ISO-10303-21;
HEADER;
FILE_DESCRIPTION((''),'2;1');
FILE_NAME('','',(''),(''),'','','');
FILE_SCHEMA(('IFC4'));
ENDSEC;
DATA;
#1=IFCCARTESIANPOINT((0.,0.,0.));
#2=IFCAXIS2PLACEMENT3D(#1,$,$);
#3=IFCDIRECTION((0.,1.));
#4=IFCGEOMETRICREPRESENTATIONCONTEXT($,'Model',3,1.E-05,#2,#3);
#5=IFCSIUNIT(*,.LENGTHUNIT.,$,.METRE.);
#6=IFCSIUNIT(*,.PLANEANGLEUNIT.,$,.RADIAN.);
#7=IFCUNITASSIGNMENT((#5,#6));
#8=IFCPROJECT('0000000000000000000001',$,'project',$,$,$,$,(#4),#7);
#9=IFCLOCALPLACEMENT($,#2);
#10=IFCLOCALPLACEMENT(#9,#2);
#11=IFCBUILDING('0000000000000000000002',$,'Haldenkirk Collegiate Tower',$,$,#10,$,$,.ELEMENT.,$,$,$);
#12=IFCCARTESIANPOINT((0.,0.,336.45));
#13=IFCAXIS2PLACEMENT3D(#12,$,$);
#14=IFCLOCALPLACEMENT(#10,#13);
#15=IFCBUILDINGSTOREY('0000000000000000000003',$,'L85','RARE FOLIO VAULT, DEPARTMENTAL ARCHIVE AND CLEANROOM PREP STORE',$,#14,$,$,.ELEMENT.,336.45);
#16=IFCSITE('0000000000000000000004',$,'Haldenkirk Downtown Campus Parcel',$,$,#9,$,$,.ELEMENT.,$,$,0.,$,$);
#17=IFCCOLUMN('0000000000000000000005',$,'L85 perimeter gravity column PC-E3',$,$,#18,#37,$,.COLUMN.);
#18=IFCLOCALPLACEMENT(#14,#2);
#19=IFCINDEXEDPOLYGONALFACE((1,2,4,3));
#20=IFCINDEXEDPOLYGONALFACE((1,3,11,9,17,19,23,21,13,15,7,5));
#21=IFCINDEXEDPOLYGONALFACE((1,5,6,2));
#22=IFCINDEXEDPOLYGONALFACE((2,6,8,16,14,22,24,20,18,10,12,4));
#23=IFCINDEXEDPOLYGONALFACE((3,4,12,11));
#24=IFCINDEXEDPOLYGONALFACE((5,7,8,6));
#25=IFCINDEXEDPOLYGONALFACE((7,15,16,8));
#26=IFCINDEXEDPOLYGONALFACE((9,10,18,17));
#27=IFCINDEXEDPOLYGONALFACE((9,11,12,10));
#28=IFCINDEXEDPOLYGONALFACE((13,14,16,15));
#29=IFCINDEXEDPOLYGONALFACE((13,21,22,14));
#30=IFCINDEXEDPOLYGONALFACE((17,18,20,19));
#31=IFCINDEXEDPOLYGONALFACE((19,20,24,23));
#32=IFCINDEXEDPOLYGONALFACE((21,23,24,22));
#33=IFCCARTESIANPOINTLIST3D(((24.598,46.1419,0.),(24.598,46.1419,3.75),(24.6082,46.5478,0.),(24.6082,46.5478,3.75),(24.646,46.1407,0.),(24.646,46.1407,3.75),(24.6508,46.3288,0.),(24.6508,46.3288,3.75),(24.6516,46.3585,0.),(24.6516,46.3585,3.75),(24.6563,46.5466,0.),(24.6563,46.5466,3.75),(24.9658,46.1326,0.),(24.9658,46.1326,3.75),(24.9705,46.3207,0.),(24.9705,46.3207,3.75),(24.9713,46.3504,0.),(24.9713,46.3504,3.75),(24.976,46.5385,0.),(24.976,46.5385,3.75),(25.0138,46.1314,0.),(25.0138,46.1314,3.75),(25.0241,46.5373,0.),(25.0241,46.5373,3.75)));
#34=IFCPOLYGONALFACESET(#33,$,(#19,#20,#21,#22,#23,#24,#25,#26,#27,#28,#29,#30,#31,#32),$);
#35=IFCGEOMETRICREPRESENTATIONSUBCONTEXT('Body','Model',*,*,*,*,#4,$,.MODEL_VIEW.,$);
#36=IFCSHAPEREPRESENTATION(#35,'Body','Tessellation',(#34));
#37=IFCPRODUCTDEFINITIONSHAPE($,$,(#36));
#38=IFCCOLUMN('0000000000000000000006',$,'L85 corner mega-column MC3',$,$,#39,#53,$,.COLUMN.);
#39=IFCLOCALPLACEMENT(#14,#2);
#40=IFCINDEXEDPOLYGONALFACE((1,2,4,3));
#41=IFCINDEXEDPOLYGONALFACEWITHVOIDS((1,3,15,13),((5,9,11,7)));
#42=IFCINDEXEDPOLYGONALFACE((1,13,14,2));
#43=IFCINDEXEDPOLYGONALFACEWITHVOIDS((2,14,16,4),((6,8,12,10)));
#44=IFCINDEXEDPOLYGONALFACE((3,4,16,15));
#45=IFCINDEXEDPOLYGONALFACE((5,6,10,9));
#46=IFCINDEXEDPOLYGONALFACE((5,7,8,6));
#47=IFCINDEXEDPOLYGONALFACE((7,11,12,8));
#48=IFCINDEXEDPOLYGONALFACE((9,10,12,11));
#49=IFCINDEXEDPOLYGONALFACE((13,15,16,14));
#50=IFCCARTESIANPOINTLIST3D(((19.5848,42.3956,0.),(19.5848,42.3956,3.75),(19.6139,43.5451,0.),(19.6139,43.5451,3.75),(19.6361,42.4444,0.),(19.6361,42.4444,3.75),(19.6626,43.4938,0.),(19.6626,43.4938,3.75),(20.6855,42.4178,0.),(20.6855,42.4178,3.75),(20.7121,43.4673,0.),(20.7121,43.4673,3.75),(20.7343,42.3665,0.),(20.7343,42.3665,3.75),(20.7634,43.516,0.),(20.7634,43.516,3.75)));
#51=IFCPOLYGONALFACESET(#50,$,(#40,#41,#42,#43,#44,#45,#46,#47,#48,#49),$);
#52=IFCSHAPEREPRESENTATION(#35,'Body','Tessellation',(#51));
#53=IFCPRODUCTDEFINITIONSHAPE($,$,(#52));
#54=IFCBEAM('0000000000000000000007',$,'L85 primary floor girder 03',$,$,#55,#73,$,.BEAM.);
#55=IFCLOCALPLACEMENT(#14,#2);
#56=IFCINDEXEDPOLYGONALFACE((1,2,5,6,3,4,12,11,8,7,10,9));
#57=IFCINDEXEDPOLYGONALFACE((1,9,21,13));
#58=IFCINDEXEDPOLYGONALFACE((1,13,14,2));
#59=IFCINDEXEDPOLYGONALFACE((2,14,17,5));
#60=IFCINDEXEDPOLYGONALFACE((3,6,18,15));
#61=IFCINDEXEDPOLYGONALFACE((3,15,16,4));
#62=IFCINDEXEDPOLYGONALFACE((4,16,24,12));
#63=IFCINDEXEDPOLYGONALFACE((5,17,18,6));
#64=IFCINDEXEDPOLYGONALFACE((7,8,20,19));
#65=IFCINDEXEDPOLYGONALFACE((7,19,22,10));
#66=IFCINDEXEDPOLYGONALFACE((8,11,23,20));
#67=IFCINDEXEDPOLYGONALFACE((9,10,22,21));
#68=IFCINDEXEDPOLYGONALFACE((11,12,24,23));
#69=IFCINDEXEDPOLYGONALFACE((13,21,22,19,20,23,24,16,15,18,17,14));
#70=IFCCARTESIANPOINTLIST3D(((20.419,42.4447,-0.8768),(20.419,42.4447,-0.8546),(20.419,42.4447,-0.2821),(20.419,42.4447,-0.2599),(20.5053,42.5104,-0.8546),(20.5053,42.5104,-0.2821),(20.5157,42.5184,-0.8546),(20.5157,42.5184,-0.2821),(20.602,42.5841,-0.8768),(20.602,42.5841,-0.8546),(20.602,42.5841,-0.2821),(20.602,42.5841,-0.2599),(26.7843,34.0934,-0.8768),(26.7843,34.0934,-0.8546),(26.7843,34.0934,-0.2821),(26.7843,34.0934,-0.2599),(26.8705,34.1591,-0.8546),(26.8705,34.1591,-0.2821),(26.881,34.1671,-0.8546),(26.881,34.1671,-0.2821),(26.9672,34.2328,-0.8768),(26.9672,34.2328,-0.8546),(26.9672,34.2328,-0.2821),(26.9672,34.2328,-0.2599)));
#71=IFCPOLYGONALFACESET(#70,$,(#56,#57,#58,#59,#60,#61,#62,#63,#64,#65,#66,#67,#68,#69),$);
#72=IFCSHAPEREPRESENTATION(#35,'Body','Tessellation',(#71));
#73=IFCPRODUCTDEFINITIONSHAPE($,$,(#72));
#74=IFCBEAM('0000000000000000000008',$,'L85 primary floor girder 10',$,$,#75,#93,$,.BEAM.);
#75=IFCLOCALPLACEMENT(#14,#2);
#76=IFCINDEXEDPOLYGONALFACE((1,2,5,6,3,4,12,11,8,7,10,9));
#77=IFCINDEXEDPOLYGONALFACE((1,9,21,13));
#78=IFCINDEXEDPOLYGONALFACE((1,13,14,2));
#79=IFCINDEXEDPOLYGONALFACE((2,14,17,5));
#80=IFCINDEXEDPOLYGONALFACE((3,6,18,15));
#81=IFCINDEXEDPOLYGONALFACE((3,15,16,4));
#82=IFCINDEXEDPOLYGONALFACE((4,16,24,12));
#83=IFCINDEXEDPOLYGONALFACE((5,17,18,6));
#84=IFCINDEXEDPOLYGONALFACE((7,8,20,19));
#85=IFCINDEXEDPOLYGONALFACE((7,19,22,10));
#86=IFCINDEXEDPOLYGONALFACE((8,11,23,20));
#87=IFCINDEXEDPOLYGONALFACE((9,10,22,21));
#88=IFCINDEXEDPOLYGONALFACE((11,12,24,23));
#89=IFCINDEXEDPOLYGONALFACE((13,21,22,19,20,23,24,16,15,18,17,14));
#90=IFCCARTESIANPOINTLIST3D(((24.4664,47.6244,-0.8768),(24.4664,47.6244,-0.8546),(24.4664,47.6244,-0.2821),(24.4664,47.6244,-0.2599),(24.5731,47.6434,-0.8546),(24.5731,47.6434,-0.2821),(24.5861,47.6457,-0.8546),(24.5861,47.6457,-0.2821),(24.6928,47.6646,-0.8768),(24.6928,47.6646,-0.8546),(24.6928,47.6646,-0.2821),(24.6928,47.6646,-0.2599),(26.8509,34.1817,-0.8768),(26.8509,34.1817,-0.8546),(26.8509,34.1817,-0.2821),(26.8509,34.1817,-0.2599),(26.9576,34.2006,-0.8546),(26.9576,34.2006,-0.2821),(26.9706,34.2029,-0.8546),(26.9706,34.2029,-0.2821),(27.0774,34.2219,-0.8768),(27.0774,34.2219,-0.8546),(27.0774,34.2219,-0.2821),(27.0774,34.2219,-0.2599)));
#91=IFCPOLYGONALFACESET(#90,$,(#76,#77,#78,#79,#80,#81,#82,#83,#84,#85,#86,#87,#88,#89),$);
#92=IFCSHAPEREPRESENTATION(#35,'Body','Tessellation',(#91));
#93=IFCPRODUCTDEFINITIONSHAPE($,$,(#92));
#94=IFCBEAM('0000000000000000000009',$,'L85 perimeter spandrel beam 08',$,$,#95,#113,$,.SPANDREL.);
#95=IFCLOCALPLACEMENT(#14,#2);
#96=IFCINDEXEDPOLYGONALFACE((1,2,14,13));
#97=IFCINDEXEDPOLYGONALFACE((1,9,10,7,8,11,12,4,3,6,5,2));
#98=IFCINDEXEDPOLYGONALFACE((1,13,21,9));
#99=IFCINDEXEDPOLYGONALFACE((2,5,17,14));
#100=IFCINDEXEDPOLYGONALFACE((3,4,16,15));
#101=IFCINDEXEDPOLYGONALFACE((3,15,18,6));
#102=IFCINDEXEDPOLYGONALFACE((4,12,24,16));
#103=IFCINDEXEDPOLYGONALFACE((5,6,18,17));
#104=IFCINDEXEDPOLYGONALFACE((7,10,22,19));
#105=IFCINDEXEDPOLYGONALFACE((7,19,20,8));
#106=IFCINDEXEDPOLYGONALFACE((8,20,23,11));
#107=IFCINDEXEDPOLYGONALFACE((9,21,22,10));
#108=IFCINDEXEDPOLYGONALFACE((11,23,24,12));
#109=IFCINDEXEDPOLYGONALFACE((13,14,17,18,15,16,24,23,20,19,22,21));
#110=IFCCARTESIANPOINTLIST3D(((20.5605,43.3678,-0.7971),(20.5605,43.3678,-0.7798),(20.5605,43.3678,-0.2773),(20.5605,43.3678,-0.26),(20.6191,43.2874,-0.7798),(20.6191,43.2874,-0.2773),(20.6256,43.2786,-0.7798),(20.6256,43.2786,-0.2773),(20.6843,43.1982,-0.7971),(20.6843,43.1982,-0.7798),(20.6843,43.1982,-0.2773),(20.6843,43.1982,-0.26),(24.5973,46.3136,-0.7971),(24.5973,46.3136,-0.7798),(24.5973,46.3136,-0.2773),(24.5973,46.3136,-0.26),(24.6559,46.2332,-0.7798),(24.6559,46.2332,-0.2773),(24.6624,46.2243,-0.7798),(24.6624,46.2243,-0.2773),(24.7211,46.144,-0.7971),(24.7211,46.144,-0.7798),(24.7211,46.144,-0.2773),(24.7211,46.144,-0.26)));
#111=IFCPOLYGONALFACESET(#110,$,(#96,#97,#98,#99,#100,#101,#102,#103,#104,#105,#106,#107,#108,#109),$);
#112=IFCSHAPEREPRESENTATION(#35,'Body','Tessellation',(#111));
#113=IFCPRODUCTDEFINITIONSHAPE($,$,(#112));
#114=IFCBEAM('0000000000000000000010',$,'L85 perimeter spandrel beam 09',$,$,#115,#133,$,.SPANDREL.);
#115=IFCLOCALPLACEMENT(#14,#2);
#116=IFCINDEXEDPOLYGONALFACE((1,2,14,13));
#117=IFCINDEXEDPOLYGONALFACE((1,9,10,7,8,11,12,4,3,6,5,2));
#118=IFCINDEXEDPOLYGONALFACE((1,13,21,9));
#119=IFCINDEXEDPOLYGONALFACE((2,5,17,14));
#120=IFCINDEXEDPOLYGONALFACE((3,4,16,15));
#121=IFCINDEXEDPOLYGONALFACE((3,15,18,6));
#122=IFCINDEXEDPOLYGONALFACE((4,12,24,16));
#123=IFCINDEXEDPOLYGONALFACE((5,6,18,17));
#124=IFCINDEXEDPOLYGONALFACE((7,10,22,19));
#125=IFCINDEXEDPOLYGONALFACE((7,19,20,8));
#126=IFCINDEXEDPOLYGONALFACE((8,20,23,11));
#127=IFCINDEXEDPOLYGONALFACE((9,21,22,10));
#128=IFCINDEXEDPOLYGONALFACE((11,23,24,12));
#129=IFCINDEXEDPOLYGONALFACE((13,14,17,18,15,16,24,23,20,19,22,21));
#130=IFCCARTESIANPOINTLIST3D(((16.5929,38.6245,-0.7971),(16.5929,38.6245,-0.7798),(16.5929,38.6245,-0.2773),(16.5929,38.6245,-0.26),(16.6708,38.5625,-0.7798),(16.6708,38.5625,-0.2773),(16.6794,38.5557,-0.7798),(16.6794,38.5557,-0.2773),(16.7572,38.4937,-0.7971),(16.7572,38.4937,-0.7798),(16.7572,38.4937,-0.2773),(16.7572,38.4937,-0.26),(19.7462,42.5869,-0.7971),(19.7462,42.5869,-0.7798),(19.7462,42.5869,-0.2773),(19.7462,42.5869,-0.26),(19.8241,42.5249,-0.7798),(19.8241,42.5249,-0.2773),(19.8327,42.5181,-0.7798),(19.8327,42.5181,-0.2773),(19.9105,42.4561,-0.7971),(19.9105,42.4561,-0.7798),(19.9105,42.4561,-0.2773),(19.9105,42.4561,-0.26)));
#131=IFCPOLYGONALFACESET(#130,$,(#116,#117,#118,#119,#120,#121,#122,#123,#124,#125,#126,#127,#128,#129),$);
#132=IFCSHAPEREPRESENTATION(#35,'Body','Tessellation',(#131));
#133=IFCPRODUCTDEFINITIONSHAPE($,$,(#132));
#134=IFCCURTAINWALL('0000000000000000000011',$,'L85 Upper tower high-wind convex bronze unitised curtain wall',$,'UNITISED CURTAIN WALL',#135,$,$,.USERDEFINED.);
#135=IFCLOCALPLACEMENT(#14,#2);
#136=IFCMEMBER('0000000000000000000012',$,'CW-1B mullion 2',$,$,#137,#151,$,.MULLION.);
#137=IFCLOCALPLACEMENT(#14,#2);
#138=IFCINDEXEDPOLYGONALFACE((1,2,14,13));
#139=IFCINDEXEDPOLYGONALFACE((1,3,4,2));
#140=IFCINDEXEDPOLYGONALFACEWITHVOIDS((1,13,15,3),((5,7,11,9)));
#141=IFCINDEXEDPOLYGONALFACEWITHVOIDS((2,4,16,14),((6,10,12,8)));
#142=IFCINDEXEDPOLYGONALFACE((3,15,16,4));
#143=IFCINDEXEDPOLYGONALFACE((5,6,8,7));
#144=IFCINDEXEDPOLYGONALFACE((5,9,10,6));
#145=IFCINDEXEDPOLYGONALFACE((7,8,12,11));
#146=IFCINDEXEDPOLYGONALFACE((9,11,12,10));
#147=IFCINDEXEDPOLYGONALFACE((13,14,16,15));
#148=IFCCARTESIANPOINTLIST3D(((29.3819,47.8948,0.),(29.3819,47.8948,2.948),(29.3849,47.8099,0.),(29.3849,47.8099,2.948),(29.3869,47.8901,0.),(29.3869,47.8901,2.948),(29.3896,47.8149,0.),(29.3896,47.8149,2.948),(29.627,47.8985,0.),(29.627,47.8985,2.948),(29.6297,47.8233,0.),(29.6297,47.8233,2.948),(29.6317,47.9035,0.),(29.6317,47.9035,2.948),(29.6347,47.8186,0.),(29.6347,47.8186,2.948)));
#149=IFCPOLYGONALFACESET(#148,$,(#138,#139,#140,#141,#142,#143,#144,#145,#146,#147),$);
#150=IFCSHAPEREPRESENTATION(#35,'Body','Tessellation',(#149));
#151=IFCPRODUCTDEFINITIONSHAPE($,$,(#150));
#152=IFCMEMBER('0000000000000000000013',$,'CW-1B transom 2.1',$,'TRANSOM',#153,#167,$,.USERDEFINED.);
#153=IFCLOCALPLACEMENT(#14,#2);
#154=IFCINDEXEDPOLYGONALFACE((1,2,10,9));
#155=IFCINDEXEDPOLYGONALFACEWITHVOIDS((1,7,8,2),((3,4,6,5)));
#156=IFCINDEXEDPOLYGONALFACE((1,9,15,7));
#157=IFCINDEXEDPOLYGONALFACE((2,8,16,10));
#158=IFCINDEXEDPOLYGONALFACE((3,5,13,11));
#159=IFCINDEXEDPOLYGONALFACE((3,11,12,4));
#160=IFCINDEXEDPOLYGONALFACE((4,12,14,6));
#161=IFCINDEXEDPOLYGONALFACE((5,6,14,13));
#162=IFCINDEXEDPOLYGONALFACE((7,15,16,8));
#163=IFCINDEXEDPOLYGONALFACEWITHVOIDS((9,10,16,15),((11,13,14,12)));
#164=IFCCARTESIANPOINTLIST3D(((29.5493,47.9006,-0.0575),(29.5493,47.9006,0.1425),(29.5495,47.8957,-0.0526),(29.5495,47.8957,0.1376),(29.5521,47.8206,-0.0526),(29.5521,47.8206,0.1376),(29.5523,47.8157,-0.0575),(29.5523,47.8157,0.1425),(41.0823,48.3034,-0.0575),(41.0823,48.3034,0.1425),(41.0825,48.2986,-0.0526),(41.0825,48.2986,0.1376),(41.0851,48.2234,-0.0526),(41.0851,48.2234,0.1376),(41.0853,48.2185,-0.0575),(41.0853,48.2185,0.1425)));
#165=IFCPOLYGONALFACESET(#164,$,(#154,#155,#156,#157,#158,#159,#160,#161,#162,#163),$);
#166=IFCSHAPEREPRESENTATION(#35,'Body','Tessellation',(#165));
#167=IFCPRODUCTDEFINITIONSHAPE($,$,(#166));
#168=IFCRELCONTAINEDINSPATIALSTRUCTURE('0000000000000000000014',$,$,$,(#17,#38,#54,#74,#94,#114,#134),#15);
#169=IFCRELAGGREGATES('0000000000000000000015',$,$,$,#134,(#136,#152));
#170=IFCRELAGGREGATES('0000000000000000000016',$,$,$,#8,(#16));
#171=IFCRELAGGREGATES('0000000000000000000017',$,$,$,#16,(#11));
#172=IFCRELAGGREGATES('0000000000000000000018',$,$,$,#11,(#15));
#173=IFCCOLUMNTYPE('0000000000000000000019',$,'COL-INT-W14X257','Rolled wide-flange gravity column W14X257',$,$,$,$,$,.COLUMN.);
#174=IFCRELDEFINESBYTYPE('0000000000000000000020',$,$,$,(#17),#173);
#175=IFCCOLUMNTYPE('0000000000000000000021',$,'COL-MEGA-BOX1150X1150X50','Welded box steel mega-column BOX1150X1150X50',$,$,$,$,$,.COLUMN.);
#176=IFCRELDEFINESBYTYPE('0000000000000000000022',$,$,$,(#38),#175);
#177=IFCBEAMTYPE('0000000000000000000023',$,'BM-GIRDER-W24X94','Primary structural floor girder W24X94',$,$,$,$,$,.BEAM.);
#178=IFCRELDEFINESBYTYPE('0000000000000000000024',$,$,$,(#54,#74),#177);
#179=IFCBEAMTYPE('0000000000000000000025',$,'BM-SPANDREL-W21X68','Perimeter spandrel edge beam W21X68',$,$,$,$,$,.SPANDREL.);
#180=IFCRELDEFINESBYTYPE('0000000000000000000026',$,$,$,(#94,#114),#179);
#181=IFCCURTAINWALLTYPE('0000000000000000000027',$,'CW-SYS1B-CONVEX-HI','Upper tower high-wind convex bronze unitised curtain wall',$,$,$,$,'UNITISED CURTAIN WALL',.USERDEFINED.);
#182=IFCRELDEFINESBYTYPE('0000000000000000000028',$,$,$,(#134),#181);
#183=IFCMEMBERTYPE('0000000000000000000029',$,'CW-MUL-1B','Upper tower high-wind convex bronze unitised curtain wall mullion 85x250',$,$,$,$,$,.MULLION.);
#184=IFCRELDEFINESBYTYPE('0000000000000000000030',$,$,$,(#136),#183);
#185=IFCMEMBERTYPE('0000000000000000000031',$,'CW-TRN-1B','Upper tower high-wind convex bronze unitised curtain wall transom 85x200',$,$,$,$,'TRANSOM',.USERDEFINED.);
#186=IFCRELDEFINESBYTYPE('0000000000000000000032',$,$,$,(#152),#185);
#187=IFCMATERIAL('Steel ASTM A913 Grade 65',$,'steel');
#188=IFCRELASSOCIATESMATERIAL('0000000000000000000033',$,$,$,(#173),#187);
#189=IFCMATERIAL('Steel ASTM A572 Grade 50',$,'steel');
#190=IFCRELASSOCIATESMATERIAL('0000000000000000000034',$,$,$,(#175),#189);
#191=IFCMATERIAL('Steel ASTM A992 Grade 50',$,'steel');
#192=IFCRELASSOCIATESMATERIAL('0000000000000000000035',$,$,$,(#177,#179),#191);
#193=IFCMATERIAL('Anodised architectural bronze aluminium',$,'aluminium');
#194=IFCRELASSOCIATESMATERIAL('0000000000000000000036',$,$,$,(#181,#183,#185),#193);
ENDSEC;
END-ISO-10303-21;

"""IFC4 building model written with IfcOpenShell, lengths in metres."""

from ifc_helpers import new_model, si_unit, direction, frame, origin, origin_2d, place, context, subcontext, project, spatial, hollow_rectangle, i_section, extrude, material, material_profile, profile_set, type_object, element, aggregate, save


model = new_model("IFC4")

# Units and contexts
model_context = context("Model", 3, precision=1e-05, world=origin(), true_north=direction((0.0, 1.0)))
body_context = subcontext(model_context, "Body", "Model", "MODEL_VIEW")
ifc_project = project(units=[si_unit("LENGTHUNIT", "METRE"), si_unit("PLANEANGLEUNIT", "RADIAN")], contexts=[model_context])

# Site, building, storey
site_placement = place(None, origin())
site = spatial("IfcSite", under=ifc_project, at=site_placement, Name="Haldenkirk Downtown Campus Parcel", CompositionType="ELEMENT", RefElevation=0.0)
building_placement = place(site_placement, origin())
building = spatial("IfcBuilding", under=site, at=building_placement, Name="Haldenkirk Collegiate Tower", CompositionType="ELEMENT")
storey_placement = place(building_placement, frame((0.0, 0.0, 336.45)))
storey = spatial("IfcBuildingStorey", under=building, at=storey_placement, Name="L85", Description="RARE FOLIO VAULT, DEPARTMENTAL ARCHIVE AND CLEANROOM PREP STORE", CompositionType="ELEMENT", Elevation=336.45)

# Columns
ifc_material_1 = material(Name="Steel ASTM A913 Grade 65", Category="steel")
ifc_material_profile_1 = material_profile(ifc_material_1, i_section(OverallWidth=0.406, OverallDepth=0.416, WebThickness=0.0298, FlangeThickness=0.0481, at=origin_2d()), Name="W14X257")
ifc_profile_set_1 = profile_set([ifc_material_profile_1], Name="Steel ASTM A913 Grade 65")
column_type_1 = type_object("IfcColumnType", Name="COL-INT-W14X257", Description="Rolled wide-flange gravity column W14X257", PredefinedType="COLUMN", material=ifc_profile_set_1)
column_1_placement = place(storey_placement, frame((24.811, 46.3396, 0.0), z_axis=(0.0, 0.0, 1.0), x_axis=(0.025305, 0.99968, 0.0)))
element("IfcColumn", 1, at=column_1_placement, inside=storey, type_object=column_type_1, Name="L85 perimeter gravity column PC-E3", PredefinedType="COLUMN", context=body_context, shape_type="SweptSolid", body=[
    extrude(i_section(OverallWidth=0.406, OverallDepth=0.416, WebThickness=0.0298, FlangeThickness=0.0481, at=origin_2d()), origin(), (0.0, 0.0, 1.0), 3.75),
])
ifc_material_2 = material(Name="Steel ASTM A572 Grade 50", Category="steel")
ifc_material_profile_2 = material_profile(ifc_material_2, hollow_rectangle(XDim=1.1499, YDim=1.1499, WallThickness=0.05, at=origin_2d()), Name="BOX1150X1150X50")
ifc_profile_set_2 = profile_set([ifc_material_profile_2], Name="Steel ASTM A572 Grade 50")
column_type_2 = type_object("IfcColumnType", Name="COL-MEGA-BOX1150X1150X50", Description="Welded box steel mega-column BOX1150X1150X50", PredefinedType="COLUMN", material=ifc_profile_set_2)
column_2_placement = place(storey_placement, frame((20.1741, 42.9558, 0.0), z_axis=(0.0, 0.0, 1.0), x_axis=(0.025305, 0.99968, 0.0)))
element("IfcColumn", 2, at=column_2_placement, inside=storey, type_object=column_type_2, Name="L85 corner mega-column MC3", PredefinedType="COLUMN", context=body_context, shape_type="SweptSolid", body=[
    extrude(hollow_rectangle(XDim=1.1499, YDim=1.1499, WallThickness=0.05, at=origin_2d()), origin(), (0.0, 0.0, 1.0), 3.75),
])

# Beams
ifc_material_3 = material(Name="Steel ASTM A992 Grade 50", Category="steel")
ifc_material_profile_3 = material_profile(ifc_material_3, i_section(OverallWidth=0.23, OverallDepth=0.6169, WebThickness=0.0132, FlangeThickness=0.0222, at=origin_2d()), Name="W24X94")
ifc_profile_set_3 = profile_set([ifc_material_profile_3], Name="Steel ASTM A992 Grade 50")
beam_type_1 = type_object("IfcBeamType", Name="BM-GIRDER-W24X94", Description="Primary structural floor girder W24X94", PredefinedType="BEAM", material=ifc_profile_set_3)
beam_1_placement = place(storey_placement, frame((20.5105, 42.5144, -0.5684), z_axis=(0.606183, -0.795325, 0.0), x_axis=(0.795325, 0.606183, 0.0)))
element("IfcBeam", 3, at=beam_1_placement, inside=storey, type_object=beam_type_1, Name="L85 primary floor girder 03", PredefinedType="BEAM", context=body_context, shape_type="SweptSolid", body=[
    extrude(i_section(OverallWidth=0.23, OverallDepth=0.6169, WebThickness=0.0132, FlangeThickness=0.0222, at=origin_2d()), origin(), (0.0, 0.0, 1.0), 10.5005),
])
beam_2_placement = place(storey_placement, frame((24.5796, 47.6445, -0.5684), z_axis=(0.174659, -0.984629, 0.0), x_axis=(0.984629, 0.174659, 0.0)))
element("IfcBeam", 4, at=beam_2_placement, inside=storey, type_object=beam_type_1, Name="L85 primary floor girder 10", PredefinedType="BEAM", context=body_context, shape_type="SweptSolid", body=[
    extrude(i_section(OverallWidth=0.23, OverallDepth=0.6169, WebThickness=0.0132, FlangeThickness=0.0222, at=origin_2d()), origin(), (0.0, 0.0, 1.0), 13.6526),
])
ifc_material_profile_4 = material_profile(ifc_material_3, i_section(OverallWidth=0.21, OverallDepth=0.5371, WebThickness=0.011, FlangeThickness=0.0173, at=origin_2d()), Name="W21X68")
ifc_profile_set_4 = profile_set([ifc_material_profile_4], Name="Steel ASTM A992 Grade 50")
beam_type_2 = type_object("IfcBeamType", Name="BM-SPANDREL-W21X68", Description="Perimeter spandrel edge beam W21X68", PredefinedType="SPANDREL", material=ifc_profile_set_4)
beam_3_placement = place(storey_placement, frame((24.6592, 46.2288, -0.5286), z_axis=(-0.807793, -0.589466, 0.0), x_axis=(0.589466, -0.807793, 0.0)))
element("IfcBeam", 5, at=beam_3_placement, inside=storey, type_object=beam_type_2, Name="L85 perimeter spandrel beam 08", PredefinedType="SPANDREL", context=body_context, shape_type="SweptSolid", body=[
    extrude(i_section(OverallWidth=0.21, OverallDepth=0.5371, WebThickness=0.011, FlangeThickness=0.0173, at=origin_2d()), origin(), (0.0, 0.0, 1.0), 4.9973),
])
beam_4_placement = place(storey_placement, frame((19.8284, 42.5215, -0.5286), z_axis=(-0.622694, -0.782465, 0.0), x_axis=(0.782465, -0.622694, 0.0)))
element("IfcBeam", 6, at=beam_4_placement, inside=storey, type_object=beam_type_2, Name="L85 perimeter spandrel beam 09", PredefinedType="SPANDREL", context=body_context, shape_type="SweptSolid", body=[
    extrude(i_section(OverallWidth=0.21, OverallDepth=0.5371, WebThickness=0.011, FlangeThickness=0.0173, at=origin_2d()), origin(), (0.0, 0.0, 1.0), 5.064),
])

# Curtain wall, members
ifc_material_4 = material(Name="Anodised architectural bronze aluminium", Category="aluminium")
curtain_wall_type = type_object("IfcCurtainWallType", Name="CW-SYS1B-CONVEX-HI", Description="Upper tower high-wind convex bronze unitised curtain wall", ElementType="UNITISED CURTAIN WALL", PredefinedType="USERDEFINED", material=ifc_material_4)
curtain_wall_placement = place(storey_placement, origin())
curtain_wall = element("IfcCurtainWall", 7, at=curtain_wall_placement, inside=storey, type_object=curtain_wall_type, Name="L85 Upper tower high-wind convex bronze unitised curtain wall", ObjectType="UNITISED CURTAIN WALL", PredefinedType="USERDEFINED")
ifc_material_profile_5 = material_profile(ifc_material_4, hollow_rectangle(XDim=0.085, YDim=0.25, WallThickness=0.0049, at=origin_2d()), Name="CW-MUL-1B")
ifc_profile_set_5 = profile_set([ifc_material_profile_5], Name="Anodised architectural bronze aluminium")
member_type_1 = type_object("IfcMemberType", Name="CW-MUL-1B", Description="Upper tower high-wind convex bronze unitised curtain wall mullion 85x250", PredefinedType="MULLION", material=ifc_profile_set_5)
member_1_placement = place(storey_placement, frame((29.5083, 47.8567, 0.0), z_axis=(0.0, 0.0, 1.0), x_axis=(-0.034902, 0.999391, 0.0)))
member_1 = element("IfcMember", 8, at=member_1_placement, type_object=member_type_1, Name="CW-1B mullion 2", PredefinedType="MULLION", context=body_context, shape_type="SweptSolid", body=[
    extrude(hollow_rectangle(XDim=0.085, YDim=0.25, WallThickness=0.0049, at=origin_2d()), origin(), (0.0, 0.0, 1.0), 2.948),
])
ifc_material_profile_6 = material_profile(ifc_material_4, hollow_rectangle(XDim=0.085, YDim=0.2, WallThickness=0.0049, at=origin_2d()), Name="CW-TRN-1B")
ifc_profile_set_6 = profile_set([ifc_material_profile_6], Name="Anodised architectural bronze aluminium")
member_type_2 = type_object("IfcMemberType", Name="CW-TRN-1B", Description="Upper tower high-wind convex bronze unitised curtain wall transom 85x200", ElementType="TRANSOM", PredefinedType="USERDEFINED", material=ifc_profile_set_6)
member_2_placement = place(storey_placement, frame((29.5508, 47.8582, 0.0425), z_axis=(0.999391, 0.034907, 0.0), x_axis=(-0.034907, 0.999391, 0.0)))
member_2 = element("IfcMember", 9, at=member_2_placement, type_object=member_type_2, Name="CW-1B transom 2.1", ObjectType="TRANSOM", PredefinedType="USERDEFINED", context=body_context, shape_type="SweptSolid", body=[
    extrude(hollow_rectangle(XDim=0.085, YDim=0.2, WallThickness=0.0049, at=origin_2d()), origin(), (0.0, 0.0, 1.0), 11.54),
])
aggregate(curtain_wall, [member_1, member_2])

save(model, "model.ifc")
